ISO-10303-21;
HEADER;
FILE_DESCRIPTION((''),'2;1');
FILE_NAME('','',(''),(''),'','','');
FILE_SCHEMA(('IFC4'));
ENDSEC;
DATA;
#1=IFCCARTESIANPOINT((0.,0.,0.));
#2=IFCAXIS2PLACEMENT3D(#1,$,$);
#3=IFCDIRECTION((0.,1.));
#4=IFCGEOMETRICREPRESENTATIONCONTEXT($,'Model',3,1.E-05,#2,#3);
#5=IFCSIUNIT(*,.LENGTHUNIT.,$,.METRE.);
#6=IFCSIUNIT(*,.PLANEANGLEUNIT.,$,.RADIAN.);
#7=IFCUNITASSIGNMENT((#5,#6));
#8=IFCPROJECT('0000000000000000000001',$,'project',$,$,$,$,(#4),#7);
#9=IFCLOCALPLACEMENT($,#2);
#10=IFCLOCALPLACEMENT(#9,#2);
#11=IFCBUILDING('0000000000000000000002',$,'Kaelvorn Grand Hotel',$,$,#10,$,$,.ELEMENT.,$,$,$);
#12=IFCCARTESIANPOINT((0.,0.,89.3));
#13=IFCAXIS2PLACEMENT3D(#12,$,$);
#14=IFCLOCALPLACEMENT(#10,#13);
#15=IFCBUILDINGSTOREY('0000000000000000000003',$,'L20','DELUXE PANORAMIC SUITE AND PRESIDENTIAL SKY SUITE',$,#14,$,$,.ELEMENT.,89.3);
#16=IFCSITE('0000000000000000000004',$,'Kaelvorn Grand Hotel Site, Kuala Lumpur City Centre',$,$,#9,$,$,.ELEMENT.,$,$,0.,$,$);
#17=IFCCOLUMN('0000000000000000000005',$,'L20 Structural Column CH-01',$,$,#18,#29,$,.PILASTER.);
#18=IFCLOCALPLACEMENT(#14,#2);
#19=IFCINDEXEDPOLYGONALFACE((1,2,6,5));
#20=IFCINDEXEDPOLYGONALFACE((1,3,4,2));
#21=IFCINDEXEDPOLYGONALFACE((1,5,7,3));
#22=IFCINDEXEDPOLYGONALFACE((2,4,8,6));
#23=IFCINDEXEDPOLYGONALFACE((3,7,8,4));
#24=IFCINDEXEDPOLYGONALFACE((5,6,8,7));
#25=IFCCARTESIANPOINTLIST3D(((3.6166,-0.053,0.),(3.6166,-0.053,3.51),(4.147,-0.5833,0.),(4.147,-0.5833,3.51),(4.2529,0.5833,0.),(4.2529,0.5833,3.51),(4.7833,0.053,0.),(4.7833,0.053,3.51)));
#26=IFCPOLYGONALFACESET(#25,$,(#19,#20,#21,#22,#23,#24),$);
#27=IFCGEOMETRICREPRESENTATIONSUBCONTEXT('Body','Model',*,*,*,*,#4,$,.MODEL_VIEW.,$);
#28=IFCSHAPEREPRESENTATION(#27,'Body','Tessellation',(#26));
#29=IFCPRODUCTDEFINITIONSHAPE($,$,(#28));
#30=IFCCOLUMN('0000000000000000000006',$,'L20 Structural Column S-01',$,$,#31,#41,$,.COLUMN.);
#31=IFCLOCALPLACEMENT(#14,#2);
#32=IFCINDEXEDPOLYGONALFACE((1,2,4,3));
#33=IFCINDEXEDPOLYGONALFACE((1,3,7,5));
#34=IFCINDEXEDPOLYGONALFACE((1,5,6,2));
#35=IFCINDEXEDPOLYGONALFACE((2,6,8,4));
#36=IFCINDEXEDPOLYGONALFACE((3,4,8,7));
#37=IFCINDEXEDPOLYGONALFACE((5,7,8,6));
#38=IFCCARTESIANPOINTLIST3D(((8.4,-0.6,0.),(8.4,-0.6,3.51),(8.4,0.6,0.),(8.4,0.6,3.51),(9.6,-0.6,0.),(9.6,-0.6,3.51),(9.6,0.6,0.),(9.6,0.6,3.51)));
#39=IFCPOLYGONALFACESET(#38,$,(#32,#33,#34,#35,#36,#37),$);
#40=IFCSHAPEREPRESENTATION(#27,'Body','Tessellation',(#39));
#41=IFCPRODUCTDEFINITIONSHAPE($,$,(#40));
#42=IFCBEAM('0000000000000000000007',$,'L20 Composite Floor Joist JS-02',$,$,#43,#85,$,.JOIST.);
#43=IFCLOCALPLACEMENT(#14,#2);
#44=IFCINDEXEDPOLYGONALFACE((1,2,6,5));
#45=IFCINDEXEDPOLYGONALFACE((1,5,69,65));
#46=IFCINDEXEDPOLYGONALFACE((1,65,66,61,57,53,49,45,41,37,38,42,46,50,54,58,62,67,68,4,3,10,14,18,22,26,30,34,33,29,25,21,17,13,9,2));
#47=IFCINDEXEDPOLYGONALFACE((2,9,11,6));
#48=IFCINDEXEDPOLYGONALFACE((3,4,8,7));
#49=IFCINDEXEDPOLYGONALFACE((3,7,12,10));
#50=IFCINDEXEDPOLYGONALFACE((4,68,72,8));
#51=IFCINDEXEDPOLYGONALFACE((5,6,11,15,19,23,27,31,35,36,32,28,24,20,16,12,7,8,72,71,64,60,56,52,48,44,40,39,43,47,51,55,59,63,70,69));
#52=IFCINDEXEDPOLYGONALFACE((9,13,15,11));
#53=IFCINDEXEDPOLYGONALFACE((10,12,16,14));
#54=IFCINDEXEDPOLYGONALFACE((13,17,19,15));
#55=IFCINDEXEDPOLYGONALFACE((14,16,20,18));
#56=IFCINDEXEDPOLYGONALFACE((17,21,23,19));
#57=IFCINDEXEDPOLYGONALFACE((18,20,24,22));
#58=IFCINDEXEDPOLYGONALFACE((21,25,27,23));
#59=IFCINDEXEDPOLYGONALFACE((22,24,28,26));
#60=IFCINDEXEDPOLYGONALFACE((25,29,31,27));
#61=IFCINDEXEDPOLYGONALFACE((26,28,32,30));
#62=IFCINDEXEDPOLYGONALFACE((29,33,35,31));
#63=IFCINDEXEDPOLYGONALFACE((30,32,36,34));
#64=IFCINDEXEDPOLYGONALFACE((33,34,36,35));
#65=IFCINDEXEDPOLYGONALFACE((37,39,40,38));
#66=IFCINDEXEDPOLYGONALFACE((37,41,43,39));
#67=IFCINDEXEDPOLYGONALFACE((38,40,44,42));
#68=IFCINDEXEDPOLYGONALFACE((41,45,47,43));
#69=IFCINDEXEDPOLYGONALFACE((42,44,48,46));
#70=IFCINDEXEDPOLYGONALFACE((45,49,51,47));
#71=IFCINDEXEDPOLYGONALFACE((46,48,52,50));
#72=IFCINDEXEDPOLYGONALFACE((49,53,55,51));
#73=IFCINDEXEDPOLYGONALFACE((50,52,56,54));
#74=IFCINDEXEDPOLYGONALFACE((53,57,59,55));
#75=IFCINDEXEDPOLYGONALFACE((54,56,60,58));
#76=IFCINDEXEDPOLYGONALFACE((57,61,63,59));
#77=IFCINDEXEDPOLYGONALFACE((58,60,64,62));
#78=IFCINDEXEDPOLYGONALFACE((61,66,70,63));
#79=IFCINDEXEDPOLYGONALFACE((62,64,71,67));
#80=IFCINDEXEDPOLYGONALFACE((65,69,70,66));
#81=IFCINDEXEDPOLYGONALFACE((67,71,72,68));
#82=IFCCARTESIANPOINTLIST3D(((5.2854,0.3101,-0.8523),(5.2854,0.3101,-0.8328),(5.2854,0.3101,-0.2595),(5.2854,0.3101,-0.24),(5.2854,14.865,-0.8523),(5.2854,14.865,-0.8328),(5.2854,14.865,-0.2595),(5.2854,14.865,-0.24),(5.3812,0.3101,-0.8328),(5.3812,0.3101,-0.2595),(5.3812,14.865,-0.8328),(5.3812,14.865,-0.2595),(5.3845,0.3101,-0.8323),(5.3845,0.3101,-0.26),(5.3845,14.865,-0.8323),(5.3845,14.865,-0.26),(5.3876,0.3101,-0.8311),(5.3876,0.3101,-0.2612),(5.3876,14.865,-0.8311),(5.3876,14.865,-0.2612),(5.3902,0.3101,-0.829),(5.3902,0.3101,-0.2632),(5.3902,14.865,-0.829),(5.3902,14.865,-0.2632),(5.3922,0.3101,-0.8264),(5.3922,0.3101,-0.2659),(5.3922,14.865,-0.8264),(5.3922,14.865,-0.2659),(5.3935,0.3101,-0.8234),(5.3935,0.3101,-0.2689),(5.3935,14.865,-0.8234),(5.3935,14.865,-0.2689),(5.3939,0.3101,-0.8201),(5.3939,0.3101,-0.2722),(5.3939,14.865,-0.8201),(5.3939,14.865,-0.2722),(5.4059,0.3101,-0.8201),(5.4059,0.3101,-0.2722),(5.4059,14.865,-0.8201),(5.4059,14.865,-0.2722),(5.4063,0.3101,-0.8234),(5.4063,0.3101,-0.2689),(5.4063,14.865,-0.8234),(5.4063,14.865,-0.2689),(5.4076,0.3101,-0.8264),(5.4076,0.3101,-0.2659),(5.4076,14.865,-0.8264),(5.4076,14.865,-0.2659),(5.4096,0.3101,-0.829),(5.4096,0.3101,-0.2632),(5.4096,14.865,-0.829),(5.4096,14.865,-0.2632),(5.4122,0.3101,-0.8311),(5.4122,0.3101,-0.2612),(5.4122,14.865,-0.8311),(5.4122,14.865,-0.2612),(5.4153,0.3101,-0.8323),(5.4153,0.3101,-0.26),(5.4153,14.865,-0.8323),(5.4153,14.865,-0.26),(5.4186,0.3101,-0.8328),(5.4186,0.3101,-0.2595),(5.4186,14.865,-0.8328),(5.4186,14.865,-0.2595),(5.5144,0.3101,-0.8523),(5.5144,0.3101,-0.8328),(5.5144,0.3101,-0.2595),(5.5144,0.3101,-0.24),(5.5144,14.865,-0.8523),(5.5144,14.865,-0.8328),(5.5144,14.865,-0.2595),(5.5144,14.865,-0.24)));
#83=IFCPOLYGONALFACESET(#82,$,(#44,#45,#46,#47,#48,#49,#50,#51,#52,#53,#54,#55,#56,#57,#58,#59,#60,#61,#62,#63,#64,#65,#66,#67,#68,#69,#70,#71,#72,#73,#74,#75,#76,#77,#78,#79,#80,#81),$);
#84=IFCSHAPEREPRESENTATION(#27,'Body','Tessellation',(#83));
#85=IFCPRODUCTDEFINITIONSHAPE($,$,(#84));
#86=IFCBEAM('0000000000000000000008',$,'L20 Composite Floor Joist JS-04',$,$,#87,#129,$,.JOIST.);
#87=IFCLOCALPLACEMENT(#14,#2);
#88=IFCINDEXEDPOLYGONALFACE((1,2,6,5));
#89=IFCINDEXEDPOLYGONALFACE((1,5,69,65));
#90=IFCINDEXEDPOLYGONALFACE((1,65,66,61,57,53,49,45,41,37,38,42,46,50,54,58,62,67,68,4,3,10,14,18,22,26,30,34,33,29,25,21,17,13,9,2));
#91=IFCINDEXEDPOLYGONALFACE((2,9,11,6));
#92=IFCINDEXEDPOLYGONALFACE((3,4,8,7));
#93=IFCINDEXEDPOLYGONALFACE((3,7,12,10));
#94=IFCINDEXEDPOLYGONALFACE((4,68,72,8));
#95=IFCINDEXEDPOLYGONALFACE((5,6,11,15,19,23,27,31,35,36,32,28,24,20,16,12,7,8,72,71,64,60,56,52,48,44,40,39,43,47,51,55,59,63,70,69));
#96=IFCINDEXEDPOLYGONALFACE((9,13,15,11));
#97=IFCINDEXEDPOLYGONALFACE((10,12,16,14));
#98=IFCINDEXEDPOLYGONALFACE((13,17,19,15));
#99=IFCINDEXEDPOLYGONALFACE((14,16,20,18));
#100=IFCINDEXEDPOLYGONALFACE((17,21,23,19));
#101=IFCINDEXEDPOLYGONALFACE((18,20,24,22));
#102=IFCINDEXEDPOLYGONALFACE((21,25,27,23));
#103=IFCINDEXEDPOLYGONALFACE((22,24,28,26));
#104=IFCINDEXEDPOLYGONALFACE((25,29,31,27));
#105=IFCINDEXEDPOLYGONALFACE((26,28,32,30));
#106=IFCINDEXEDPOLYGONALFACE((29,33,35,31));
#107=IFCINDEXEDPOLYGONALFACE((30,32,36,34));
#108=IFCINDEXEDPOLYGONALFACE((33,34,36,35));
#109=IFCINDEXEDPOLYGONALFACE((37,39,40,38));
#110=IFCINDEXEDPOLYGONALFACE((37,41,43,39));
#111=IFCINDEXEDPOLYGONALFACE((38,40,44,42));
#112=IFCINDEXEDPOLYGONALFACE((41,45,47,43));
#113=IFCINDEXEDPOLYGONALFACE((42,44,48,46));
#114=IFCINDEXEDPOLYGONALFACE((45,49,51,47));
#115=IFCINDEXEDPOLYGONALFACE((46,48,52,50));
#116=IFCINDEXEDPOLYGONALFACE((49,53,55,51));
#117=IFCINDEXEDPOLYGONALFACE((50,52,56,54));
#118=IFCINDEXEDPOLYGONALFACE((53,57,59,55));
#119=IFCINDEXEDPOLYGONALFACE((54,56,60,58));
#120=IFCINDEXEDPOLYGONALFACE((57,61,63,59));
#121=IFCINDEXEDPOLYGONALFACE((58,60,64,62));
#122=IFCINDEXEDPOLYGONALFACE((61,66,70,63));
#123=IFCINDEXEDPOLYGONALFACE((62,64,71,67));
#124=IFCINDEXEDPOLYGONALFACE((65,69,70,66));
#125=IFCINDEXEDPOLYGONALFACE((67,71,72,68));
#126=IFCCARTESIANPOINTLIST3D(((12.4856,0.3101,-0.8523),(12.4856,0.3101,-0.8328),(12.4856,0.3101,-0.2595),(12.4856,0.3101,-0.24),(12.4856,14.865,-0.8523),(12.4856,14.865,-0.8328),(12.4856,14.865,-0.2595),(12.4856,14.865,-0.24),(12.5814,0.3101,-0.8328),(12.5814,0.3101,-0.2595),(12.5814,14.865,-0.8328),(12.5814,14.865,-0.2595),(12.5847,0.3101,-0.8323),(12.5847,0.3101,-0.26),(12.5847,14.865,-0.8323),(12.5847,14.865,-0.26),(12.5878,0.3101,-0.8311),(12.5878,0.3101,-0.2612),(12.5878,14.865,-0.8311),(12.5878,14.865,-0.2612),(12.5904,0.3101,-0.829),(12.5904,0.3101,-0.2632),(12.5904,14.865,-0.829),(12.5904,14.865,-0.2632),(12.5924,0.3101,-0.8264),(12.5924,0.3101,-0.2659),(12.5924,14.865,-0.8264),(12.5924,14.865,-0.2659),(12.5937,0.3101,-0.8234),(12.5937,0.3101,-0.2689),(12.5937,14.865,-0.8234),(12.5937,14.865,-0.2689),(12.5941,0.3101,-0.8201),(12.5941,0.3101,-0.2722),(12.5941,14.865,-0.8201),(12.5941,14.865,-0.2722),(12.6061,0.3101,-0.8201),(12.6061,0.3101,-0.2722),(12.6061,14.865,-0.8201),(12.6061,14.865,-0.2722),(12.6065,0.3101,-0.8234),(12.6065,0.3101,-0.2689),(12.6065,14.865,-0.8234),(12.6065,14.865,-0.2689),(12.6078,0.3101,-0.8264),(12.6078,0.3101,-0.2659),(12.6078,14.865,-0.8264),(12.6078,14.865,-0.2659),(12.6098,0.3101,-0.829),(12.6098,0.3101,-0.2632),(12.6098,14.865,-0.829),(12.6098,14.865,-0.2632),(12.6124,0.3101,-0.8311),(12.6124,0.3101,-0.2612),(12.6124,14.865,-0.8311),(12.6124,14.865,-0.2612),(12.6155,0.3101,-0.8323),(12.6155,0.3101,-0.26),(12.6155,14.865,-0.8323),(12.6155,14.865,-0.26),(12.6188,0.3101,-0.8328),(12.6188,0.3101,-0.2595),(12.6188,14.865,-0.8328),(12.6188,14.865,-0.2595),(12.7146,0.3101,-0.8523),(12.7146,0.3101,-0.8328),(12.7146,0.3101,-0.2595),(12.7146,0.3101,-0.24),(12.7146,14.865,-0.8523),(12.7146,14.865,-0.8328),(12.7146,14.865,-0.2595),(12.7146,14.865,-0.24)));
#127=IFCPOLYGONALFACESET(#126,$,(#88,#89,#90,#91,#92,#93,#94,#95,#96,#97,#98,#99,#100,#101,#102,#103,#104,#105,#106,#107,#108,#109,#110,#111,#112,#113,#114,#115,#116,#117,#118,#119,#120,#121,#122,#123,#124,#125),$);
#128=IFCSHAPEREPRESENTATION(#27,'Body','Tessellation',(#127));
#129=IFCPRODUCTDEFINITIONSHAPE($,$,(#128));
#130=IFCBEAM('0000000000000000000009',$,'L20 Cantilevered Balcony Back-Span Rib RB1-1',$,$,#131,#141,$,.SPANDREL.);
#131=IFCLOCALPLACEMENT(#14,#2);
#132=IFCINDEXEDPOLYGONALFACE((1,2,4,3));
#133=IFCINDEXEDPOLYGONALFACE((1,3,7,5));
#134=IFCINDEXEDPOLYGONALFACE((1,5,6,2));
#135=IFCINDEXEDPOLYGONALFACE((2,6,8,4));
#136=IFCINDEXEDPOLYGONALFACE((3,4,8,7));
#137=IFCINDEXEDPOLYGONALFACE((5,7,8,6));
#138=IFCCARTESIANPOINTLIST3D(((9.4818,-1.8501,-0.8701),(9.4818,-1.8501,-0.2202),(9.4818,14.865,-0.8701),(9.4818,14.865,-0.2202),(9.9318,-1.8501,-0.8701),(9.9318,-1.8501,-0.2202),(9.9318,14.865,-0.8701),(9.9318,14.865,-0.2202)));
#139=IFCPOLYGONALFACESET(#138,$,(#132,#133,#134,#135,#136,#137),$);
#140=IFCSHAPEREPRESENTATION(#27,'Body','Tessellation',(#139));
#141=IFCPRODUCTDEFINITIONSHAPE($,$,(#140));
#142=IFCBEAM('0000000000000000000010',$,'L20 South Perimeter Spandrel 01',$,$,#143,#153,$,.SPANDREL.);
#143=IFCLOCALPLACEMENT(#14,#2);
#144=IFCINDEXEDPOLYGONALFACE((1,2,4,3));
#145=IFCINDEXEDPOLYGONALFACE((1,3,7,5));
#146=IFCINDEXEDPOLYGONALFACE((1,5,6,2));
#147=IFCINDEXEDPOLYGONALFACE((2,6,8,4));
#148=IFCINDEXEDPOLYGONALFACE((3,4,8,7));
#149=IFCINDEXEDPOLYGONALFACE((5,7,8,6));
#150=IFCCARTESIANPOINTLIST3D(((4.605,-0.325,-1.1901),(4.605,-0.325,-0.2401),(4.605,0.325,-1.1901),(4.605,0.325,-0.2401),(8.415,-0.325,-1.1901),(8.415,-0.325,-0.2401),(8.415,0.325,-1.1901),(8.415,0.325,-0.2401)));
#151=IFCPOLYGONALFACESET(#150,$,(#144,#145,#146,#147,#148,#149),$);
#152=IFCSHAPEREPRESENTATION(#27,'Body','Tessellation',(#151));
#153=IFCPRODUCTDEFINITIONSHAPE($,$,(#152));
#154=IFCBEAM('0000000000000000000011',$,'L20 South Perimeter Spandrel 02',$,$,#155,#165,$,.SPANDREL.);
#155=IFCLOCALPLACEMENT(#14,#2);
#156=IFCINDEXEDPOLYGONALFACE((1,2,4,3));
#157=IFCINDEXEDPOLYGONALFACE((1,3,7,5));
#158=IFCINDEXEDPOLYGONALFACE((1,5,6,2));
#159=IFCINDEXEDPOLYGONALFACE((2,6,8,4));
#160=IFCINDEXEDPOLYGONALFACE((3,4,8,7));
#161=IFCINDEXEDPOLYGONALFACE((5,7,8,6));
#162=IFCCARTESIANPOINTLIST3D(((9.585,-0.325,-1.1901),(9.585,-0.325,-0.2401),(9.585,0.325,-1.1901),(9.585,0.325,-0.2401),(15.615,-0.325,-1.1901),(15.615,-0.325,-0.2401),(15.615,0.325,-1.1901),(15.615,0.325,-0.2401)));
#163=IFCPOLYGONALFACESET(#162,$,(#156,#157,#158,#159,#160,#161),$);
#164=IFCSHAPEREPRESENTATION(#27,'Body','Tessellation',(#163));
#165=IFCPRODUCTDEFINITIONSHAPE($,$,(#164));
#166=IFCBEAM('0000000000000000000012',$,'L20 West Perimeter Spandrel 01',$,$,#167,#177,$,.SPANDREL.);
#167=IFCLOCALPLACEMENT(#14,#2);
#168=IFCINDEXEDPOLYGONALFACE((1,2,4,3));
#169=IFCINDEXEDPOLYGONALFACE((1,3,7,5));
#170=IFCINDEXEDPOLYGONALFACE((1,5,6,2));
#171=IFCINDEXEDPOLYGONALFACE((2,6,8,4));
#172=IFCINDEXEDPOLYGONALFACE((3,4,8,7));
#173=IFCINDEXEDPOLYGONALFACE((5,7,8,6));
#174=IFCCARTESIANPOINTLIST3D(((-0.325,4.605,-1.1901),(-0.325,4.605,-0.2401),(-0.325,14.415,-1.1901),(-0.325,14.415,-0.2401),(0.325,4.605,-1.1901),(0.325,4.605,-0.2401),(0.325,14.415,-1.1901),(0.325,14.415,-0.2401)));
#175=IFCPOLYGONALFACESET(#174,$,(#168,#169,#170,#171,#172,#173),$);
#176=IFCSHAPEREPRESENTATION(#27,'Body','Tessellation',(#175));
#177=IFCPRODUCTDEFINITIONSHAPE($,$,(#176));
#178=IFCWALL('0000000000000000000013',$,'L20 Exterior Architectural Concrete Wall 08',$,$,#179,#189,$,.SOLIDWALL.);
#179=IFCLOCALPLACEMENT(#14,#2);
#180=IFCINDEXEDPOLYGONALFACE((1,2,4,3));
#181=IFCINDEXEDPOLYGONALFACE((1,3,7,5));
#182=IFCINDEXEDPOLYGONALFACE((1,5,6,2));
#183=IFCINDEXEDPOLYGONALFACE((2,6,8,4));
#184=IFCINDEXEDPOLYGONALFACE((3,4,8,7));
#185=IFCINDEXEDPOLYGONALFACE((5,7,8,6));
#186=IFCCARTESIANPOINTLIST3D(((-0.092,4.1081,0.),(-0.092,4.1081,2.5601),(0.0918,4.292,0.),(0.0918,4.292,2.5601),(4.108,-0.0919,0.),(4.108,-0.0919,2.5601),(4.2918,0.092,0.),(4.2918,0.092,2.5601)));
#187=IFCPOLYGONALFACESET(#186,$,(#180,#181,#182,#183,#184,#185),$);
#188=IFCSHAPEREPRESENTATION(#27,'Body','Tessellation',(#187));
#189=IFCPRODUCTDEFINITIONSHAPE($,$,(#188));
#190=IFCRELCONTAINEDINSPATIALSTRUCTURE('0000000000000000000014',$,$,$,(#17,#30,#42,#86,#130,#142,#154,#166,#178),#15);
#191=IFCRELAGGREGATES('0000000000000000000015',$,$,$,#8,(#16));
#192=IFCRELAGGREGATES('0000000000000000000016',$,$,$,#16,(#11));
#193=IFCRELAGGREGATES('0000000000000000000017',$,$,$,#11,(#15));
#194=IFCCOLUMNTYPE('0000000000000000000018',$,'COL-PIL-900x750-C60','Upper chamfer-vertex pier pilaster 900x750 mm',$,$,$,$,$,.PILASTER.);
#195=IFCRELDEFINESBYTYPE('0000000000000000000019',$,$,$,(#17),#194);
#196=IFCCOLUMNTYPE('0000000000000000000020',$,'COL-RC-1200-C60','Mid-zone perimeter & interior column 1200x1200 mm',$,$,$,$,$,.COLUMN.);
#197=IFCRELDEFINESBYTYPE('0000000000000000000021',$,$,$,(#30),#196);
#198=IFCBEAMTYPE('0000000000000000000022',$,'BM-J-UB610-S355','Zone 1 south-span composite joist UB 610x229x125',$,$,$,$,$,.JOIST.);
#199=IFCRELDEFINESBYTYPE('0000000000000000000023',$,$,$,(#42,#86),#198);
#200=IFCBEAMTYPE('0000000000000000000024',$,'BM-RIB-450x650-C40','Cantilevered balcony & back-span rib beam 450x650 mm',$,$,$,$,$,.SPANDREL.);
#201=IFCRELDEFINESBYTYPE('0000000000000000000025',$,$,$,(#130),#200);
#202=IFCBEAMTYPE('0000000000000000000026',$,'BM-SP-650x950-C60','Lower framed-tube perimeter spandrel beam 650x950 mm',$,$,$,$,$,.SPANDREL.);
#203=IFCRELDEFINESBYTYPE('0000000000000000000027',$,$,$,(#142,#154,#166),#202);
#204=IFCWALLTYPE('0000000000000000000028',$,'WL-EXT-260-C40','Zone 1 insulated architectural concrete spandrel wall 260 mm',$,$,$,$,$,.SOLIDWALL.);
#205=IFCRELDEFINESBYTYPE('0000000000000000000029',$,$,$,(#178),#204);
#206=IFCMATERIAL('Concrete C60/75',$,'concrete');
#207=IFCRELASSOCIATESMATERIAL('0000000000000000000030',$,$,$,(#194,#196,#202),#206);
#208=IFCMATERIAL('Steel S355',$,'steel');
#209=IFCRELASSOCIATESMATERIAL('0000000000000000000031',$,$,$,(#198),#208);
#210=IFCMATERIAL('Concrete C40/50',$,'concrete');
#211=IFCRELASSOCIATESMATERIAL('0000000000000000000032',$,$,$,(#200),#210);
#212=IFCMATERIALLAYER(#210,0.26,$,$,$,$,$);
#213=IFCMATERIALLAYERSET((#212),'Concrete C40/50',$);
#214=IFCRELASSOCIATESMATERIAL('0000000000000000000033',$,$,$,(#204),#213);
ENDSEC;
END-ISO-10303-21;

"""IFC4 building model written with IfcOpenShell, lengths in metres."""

from ifc_helpers import new_model, si_unit, direction, frame, frame_2d, origin, origin_2d, place, context, subcontext, project, spatial, rectangle, i_section, extrude, material, layer, layer_set, material_profile, profile_set, type_object, element, save


model = new_model("IFC4")

# Units and contexts
model_context = context("Model", 3, precision=1e-05, world=origin(), true_north=direction((0.0, 1.0)))
body_context = subcontext(model_context, "Body", "Model", "MODEL_VIEW")
ifc_project = project(units=[si_unit("LENGTHUNIT", "METRE"), si_unit("PLANEANGLEUNIT", "RADIAN")], contexts=[model_context])

# Site, building, storey
site_placement = place(None, origin())
site = spatial("IfcSite", under=ifc_project, at=site_placement, Name="Kaelvorn Grand Hotel Site, Kuala Lumpur City Centre", CompositionType="ELEMENT", RefElevation=0.0)
building_placement = place(site_placement, origin())
building = spatial("IfcBuilding", under=site, at=building_placement, Name="Kaelvorn Grand Hotel", CompositionType="ELEMENT")
storey_placement = place(building_placement, frame((0.0, 0.0, 89.3)))
storey = spatial("IfcBuildingStorey", under=building, at=storey_placement, Name="L20", Description="DELUXE PANORAMIC SUITE AND PRESIDENTIAL SKY SUITE", CompositionType="ELEMENT", Elevation=89.3)

# Columns
ifc_material_1 = material(Name="Concrete C60/75", Category="concrete")
ifc_material_profile_1 = material_profile(ifc_material_1, rectangle(XDim=0.8999, YDim=0.75, at=origin_2d()), Name="RC PILASTER 900x750")
ifc_profile_set_1 = profile_set([ifc_material_profile_1], Name="Concrete C60/75")
column_type_1 = type_object("IfcColumnType", Name="COL-PIL-900x750-C60", Description="Upper chamfer-vertex pier pilaster 900x750 mm", PredefinedType="PILASTER", material=ifc_profile_set_1)
column_1_placement = place(storey_placement, frame((4.2, 0.0, 0.0), z_axis=(0.0, 0.0, 1.0), x_axis=(0.707107, 0.707107, 0.0)))
element("IfcColumn", 1, at=column_1_placement, inside=storey, type_object=column_type_1, Name="L20 Structural Column CH-01", PredefinedType="PILASTER", context=body_context, shape_type="SweptSolid", body=[
    extrude(rectangle(XDim=0.8999, YDim=0.75, at=origin_2d()), origin(), (0.0, 0.0, 1.0), 3.51),
])
ifc_material_profile_2 = material_profile(ifc_material_1, rectangle(XDim=1.2, YDim=1.2, at=origin_2d()), Name="RC COL 1200x1200")
ifc_profile_set_2 = profile_set([ifc_material_profile_2], Name="Concrete C60/75")
column_type_2 = type_object("IfcColumnType", Name="COL-RC-1200-C60", Description="Mid-zone perimeter & interior column 1200x1200 mm", PredefinedType="COLUMN", material=ifc_profile_set_2)
column_2_placement = place(storey_placement, frame((9.0, 0.0, 0.0), z_axis=(0.0, 0.0, 1.0), x_axis=(1.0, 0.0, 0.0)))
element("IfcColumn", 2, at=column_2_placement, inside=storey, type_object=column_type_2, Name="L20 Structural Column S-01", PredefinedType="COLUMN", context=body_context, shape_type="SweptSolid", body=[
    extrude(rectangle(XDim=1.2, YDim=1.2, at=origin_2d()), origin(), (0.0, 0.0, 1.0), 3.51),
])

# Beams
ifc_material_2 = material(Name="Steel S355", Category="steel")
ifc_material_profile_3 = material_profile(ifc_material_2, i_section(OverallWidth=0.229, OverallDepth=0.6123, WebThickness=0.012, FlangeThickness=0.0195, FilletRadius=0.0127, at=origin_2d()), Name="UB 610x229x125")
ifc_profile_set_3 = profile_set([ifc_material_profile_3], Name="Steel S355")
beam_type_1 = type_object("IfcBeamType", Name="BM-J-UB610-S355", Description="Zone 1 south-span composite joist UB 610x229x125", PredefinedType="JOIST", material=ifc_profile_set_3)
for number, where, z_axis, x_axis, name in (
    (3, (5.3999, 0.3101, -0.5461), (0.0, 1.0, 0.0), (-1.0, 0.0, 0.0), "L20 Composite Floor Joist JS-02"),
    (4, (12.6001, 0.3101, -0.5461), (0.0, 1.0, 0.0), (-1.0, 0.0, 0.0), "L20 Composite Floor Joist JS-04"),
):
    element("IfcBeam", number, at=place(storey_placement, frame(where, z_axis=z_axis, x_axis=x_axis)), inside=storey, type_object=beam_type_1, Name=name, PredefinedType="JOIST", context=body_context, shape_type="SweptSolid", body=[
        extrude(i_section(OverallWidth=0.229, OverallDepth=0.6123, WebThickness=0.012, FlangeThickness=0.0195, FilletRadius=0.0127, at=origin_2d()), origin(), (0.0, 0.0, 1.0), 14.5549),
    ])
ifc_material_3 = material(Name="Concrete C40/50", Category="concrete")
ifc_material_profile_4 = material_profile(ifc_material_3, rectangle(XDim=0.45, YDim=0.6499, at=origin_2d()), Name="RC RIB 450x650")
ifc_profile_set_4 = profile_set([ifc_material_profile_4], Name="Concrete C40/50")
beam_type_2 = type_object("IfcBeamType", Name="BM-RIB-450x650-C40", Description="Cantilevered balcony & back-span rib beam 450x650 mm", PredefinedType="SPANDREL", material=ifc_profile_set_4)
beam_1_placement = place(storey_placement, frame((9.7068, -1.8501, -0.5452), z_axis=(0.0, 1.0, 0.0), x_axis=(-1.0, 0.0, 0.0)))
element("IfcBeam", 5, at=beam_1_placement, inside=storey, type_object=beam_type_2, Name="L20 Cantilevered Balcony Back-Span Rib RB1-1", PredefinedType="SPANDREL", context=body_context, shape_type="SweptSolid", body=[
    extrude(rectangle(XDim=0.45, YDim=0.6499, at=origin_2d()), origin(), (0.0, 0.0, 1.0), 16.7151),
])
ifc_material_profile_5 = material_profile(ifc_material_1, rectangle(XDim=0.6499, YDim=0.95, at=origin_2d()), Name="RC SPANDREL 650x950")
ifc_profile_set_5 = profile_set([ifc_material_profile_5], Name="Concrete C60/75")
beam_type_3 = type_object("IfcBeamType", Name="BM-SP-650x950-C60", Description="Lower framed-tube perimeter spandrel beam 650x950 mm", PredefinedType="SPANDREL", material=ifc_profile_set_5)
beam_2_placement = place(storey_placement, frame((4.605, 0.0, -0.7151), z_axis=(1.0, 0.0, 0.0), x_axis=(0.0, 1.0, 0.0)))
element("IfcBeam", 6, at=beam_2_placement, inside=storey, type_object=beam_type_3, Name="L20 South Perimeter Spandrel 01", PredefinedType="SPANDREL", context=body_context, shape_type="SweptSolid", body=[
    extrude(rectangle(XDim=0.6499, YDim=0.95, at=origin_2d()), origin(), (0.0, 0.0, 1.0), 3.8101),
])
beam_3_placement = place(storey_placement, frame((9.585, 0.0, -0.7151), z_axis=(1.0, 0.0, 0.0), x_axis=(0.0, 1.0, 0.0)))
element("IfcBeam", 7, at=beam_3_placement, inside=storey, type_object=beam_type_3, Name="L20 South Perimeter Spandrel 02", PredefinedType="SPANDREL", context=body_context, shape_type="SweptSolid", body=[
    extrude(rectangle(XDim=0.6499, YDim=0.95, at=origin_2d()), origin(), (0.0, 0.0, 1.0), 6.03),
])
beam_4_placement = place(storey_placement, frame((0.0, 4.605, -0.7151), z_axis=(0.0, 1.0, 0.0), x_axis=(-1.0, 0.0, 0.0)))
element("IfcBeam", 8, at=beam_4_placement, inside=storey, type_object=beam_type_3, Name="L20 West Perimeter Spandrel 01", PredefinedType="SPANDREL", context=body_context, shape_type="SweptSolid", body=[
    extrude(rectangle(XDim=0.6499, YDim=0.95, at=origin_2d()), origin(), (0.0, 0.0, 1.0), 9.8101),
])

# Shared definitions
ifc_layer_1 = layer(ifc_material_3, 0.26)
ifc_layer_set_1 = layer_set([ifc_layer_1], Name="Concrete C40/50")
wall_type = type_object("IfcWallType", Name="WL-EXT-260-C40", Description="Zone 1 insulated architectural concrete spandrel wall 260 mm", PredefinedType="SOLIDWALL", material=ifc_layer_set_1)

# Wall
wall_1_placement = place(storey_placement, frame((0.0, 4.2, 0.0), z_axis=(0.0, 0.0, 1.0), x_axis=(0.707107, -0.707107, 0.0)))
element("IfcWall", 9, at=wall_1_placement, inside=storey, type_object=wall_type, Name="L20 Exterior Architectural Concrete Wall 08", PredefinedType="SOLIDWALL", context=body_context, shape_type="SweptSolid", body=[
    extrude(rectangle(XDim=5.9397, YDim=0.26, at=frame_2d((2.9697, 0.0))), origin(), (0.0, 0.0, 1.0), 2.5601),
])

save(model, "model.ifc")
